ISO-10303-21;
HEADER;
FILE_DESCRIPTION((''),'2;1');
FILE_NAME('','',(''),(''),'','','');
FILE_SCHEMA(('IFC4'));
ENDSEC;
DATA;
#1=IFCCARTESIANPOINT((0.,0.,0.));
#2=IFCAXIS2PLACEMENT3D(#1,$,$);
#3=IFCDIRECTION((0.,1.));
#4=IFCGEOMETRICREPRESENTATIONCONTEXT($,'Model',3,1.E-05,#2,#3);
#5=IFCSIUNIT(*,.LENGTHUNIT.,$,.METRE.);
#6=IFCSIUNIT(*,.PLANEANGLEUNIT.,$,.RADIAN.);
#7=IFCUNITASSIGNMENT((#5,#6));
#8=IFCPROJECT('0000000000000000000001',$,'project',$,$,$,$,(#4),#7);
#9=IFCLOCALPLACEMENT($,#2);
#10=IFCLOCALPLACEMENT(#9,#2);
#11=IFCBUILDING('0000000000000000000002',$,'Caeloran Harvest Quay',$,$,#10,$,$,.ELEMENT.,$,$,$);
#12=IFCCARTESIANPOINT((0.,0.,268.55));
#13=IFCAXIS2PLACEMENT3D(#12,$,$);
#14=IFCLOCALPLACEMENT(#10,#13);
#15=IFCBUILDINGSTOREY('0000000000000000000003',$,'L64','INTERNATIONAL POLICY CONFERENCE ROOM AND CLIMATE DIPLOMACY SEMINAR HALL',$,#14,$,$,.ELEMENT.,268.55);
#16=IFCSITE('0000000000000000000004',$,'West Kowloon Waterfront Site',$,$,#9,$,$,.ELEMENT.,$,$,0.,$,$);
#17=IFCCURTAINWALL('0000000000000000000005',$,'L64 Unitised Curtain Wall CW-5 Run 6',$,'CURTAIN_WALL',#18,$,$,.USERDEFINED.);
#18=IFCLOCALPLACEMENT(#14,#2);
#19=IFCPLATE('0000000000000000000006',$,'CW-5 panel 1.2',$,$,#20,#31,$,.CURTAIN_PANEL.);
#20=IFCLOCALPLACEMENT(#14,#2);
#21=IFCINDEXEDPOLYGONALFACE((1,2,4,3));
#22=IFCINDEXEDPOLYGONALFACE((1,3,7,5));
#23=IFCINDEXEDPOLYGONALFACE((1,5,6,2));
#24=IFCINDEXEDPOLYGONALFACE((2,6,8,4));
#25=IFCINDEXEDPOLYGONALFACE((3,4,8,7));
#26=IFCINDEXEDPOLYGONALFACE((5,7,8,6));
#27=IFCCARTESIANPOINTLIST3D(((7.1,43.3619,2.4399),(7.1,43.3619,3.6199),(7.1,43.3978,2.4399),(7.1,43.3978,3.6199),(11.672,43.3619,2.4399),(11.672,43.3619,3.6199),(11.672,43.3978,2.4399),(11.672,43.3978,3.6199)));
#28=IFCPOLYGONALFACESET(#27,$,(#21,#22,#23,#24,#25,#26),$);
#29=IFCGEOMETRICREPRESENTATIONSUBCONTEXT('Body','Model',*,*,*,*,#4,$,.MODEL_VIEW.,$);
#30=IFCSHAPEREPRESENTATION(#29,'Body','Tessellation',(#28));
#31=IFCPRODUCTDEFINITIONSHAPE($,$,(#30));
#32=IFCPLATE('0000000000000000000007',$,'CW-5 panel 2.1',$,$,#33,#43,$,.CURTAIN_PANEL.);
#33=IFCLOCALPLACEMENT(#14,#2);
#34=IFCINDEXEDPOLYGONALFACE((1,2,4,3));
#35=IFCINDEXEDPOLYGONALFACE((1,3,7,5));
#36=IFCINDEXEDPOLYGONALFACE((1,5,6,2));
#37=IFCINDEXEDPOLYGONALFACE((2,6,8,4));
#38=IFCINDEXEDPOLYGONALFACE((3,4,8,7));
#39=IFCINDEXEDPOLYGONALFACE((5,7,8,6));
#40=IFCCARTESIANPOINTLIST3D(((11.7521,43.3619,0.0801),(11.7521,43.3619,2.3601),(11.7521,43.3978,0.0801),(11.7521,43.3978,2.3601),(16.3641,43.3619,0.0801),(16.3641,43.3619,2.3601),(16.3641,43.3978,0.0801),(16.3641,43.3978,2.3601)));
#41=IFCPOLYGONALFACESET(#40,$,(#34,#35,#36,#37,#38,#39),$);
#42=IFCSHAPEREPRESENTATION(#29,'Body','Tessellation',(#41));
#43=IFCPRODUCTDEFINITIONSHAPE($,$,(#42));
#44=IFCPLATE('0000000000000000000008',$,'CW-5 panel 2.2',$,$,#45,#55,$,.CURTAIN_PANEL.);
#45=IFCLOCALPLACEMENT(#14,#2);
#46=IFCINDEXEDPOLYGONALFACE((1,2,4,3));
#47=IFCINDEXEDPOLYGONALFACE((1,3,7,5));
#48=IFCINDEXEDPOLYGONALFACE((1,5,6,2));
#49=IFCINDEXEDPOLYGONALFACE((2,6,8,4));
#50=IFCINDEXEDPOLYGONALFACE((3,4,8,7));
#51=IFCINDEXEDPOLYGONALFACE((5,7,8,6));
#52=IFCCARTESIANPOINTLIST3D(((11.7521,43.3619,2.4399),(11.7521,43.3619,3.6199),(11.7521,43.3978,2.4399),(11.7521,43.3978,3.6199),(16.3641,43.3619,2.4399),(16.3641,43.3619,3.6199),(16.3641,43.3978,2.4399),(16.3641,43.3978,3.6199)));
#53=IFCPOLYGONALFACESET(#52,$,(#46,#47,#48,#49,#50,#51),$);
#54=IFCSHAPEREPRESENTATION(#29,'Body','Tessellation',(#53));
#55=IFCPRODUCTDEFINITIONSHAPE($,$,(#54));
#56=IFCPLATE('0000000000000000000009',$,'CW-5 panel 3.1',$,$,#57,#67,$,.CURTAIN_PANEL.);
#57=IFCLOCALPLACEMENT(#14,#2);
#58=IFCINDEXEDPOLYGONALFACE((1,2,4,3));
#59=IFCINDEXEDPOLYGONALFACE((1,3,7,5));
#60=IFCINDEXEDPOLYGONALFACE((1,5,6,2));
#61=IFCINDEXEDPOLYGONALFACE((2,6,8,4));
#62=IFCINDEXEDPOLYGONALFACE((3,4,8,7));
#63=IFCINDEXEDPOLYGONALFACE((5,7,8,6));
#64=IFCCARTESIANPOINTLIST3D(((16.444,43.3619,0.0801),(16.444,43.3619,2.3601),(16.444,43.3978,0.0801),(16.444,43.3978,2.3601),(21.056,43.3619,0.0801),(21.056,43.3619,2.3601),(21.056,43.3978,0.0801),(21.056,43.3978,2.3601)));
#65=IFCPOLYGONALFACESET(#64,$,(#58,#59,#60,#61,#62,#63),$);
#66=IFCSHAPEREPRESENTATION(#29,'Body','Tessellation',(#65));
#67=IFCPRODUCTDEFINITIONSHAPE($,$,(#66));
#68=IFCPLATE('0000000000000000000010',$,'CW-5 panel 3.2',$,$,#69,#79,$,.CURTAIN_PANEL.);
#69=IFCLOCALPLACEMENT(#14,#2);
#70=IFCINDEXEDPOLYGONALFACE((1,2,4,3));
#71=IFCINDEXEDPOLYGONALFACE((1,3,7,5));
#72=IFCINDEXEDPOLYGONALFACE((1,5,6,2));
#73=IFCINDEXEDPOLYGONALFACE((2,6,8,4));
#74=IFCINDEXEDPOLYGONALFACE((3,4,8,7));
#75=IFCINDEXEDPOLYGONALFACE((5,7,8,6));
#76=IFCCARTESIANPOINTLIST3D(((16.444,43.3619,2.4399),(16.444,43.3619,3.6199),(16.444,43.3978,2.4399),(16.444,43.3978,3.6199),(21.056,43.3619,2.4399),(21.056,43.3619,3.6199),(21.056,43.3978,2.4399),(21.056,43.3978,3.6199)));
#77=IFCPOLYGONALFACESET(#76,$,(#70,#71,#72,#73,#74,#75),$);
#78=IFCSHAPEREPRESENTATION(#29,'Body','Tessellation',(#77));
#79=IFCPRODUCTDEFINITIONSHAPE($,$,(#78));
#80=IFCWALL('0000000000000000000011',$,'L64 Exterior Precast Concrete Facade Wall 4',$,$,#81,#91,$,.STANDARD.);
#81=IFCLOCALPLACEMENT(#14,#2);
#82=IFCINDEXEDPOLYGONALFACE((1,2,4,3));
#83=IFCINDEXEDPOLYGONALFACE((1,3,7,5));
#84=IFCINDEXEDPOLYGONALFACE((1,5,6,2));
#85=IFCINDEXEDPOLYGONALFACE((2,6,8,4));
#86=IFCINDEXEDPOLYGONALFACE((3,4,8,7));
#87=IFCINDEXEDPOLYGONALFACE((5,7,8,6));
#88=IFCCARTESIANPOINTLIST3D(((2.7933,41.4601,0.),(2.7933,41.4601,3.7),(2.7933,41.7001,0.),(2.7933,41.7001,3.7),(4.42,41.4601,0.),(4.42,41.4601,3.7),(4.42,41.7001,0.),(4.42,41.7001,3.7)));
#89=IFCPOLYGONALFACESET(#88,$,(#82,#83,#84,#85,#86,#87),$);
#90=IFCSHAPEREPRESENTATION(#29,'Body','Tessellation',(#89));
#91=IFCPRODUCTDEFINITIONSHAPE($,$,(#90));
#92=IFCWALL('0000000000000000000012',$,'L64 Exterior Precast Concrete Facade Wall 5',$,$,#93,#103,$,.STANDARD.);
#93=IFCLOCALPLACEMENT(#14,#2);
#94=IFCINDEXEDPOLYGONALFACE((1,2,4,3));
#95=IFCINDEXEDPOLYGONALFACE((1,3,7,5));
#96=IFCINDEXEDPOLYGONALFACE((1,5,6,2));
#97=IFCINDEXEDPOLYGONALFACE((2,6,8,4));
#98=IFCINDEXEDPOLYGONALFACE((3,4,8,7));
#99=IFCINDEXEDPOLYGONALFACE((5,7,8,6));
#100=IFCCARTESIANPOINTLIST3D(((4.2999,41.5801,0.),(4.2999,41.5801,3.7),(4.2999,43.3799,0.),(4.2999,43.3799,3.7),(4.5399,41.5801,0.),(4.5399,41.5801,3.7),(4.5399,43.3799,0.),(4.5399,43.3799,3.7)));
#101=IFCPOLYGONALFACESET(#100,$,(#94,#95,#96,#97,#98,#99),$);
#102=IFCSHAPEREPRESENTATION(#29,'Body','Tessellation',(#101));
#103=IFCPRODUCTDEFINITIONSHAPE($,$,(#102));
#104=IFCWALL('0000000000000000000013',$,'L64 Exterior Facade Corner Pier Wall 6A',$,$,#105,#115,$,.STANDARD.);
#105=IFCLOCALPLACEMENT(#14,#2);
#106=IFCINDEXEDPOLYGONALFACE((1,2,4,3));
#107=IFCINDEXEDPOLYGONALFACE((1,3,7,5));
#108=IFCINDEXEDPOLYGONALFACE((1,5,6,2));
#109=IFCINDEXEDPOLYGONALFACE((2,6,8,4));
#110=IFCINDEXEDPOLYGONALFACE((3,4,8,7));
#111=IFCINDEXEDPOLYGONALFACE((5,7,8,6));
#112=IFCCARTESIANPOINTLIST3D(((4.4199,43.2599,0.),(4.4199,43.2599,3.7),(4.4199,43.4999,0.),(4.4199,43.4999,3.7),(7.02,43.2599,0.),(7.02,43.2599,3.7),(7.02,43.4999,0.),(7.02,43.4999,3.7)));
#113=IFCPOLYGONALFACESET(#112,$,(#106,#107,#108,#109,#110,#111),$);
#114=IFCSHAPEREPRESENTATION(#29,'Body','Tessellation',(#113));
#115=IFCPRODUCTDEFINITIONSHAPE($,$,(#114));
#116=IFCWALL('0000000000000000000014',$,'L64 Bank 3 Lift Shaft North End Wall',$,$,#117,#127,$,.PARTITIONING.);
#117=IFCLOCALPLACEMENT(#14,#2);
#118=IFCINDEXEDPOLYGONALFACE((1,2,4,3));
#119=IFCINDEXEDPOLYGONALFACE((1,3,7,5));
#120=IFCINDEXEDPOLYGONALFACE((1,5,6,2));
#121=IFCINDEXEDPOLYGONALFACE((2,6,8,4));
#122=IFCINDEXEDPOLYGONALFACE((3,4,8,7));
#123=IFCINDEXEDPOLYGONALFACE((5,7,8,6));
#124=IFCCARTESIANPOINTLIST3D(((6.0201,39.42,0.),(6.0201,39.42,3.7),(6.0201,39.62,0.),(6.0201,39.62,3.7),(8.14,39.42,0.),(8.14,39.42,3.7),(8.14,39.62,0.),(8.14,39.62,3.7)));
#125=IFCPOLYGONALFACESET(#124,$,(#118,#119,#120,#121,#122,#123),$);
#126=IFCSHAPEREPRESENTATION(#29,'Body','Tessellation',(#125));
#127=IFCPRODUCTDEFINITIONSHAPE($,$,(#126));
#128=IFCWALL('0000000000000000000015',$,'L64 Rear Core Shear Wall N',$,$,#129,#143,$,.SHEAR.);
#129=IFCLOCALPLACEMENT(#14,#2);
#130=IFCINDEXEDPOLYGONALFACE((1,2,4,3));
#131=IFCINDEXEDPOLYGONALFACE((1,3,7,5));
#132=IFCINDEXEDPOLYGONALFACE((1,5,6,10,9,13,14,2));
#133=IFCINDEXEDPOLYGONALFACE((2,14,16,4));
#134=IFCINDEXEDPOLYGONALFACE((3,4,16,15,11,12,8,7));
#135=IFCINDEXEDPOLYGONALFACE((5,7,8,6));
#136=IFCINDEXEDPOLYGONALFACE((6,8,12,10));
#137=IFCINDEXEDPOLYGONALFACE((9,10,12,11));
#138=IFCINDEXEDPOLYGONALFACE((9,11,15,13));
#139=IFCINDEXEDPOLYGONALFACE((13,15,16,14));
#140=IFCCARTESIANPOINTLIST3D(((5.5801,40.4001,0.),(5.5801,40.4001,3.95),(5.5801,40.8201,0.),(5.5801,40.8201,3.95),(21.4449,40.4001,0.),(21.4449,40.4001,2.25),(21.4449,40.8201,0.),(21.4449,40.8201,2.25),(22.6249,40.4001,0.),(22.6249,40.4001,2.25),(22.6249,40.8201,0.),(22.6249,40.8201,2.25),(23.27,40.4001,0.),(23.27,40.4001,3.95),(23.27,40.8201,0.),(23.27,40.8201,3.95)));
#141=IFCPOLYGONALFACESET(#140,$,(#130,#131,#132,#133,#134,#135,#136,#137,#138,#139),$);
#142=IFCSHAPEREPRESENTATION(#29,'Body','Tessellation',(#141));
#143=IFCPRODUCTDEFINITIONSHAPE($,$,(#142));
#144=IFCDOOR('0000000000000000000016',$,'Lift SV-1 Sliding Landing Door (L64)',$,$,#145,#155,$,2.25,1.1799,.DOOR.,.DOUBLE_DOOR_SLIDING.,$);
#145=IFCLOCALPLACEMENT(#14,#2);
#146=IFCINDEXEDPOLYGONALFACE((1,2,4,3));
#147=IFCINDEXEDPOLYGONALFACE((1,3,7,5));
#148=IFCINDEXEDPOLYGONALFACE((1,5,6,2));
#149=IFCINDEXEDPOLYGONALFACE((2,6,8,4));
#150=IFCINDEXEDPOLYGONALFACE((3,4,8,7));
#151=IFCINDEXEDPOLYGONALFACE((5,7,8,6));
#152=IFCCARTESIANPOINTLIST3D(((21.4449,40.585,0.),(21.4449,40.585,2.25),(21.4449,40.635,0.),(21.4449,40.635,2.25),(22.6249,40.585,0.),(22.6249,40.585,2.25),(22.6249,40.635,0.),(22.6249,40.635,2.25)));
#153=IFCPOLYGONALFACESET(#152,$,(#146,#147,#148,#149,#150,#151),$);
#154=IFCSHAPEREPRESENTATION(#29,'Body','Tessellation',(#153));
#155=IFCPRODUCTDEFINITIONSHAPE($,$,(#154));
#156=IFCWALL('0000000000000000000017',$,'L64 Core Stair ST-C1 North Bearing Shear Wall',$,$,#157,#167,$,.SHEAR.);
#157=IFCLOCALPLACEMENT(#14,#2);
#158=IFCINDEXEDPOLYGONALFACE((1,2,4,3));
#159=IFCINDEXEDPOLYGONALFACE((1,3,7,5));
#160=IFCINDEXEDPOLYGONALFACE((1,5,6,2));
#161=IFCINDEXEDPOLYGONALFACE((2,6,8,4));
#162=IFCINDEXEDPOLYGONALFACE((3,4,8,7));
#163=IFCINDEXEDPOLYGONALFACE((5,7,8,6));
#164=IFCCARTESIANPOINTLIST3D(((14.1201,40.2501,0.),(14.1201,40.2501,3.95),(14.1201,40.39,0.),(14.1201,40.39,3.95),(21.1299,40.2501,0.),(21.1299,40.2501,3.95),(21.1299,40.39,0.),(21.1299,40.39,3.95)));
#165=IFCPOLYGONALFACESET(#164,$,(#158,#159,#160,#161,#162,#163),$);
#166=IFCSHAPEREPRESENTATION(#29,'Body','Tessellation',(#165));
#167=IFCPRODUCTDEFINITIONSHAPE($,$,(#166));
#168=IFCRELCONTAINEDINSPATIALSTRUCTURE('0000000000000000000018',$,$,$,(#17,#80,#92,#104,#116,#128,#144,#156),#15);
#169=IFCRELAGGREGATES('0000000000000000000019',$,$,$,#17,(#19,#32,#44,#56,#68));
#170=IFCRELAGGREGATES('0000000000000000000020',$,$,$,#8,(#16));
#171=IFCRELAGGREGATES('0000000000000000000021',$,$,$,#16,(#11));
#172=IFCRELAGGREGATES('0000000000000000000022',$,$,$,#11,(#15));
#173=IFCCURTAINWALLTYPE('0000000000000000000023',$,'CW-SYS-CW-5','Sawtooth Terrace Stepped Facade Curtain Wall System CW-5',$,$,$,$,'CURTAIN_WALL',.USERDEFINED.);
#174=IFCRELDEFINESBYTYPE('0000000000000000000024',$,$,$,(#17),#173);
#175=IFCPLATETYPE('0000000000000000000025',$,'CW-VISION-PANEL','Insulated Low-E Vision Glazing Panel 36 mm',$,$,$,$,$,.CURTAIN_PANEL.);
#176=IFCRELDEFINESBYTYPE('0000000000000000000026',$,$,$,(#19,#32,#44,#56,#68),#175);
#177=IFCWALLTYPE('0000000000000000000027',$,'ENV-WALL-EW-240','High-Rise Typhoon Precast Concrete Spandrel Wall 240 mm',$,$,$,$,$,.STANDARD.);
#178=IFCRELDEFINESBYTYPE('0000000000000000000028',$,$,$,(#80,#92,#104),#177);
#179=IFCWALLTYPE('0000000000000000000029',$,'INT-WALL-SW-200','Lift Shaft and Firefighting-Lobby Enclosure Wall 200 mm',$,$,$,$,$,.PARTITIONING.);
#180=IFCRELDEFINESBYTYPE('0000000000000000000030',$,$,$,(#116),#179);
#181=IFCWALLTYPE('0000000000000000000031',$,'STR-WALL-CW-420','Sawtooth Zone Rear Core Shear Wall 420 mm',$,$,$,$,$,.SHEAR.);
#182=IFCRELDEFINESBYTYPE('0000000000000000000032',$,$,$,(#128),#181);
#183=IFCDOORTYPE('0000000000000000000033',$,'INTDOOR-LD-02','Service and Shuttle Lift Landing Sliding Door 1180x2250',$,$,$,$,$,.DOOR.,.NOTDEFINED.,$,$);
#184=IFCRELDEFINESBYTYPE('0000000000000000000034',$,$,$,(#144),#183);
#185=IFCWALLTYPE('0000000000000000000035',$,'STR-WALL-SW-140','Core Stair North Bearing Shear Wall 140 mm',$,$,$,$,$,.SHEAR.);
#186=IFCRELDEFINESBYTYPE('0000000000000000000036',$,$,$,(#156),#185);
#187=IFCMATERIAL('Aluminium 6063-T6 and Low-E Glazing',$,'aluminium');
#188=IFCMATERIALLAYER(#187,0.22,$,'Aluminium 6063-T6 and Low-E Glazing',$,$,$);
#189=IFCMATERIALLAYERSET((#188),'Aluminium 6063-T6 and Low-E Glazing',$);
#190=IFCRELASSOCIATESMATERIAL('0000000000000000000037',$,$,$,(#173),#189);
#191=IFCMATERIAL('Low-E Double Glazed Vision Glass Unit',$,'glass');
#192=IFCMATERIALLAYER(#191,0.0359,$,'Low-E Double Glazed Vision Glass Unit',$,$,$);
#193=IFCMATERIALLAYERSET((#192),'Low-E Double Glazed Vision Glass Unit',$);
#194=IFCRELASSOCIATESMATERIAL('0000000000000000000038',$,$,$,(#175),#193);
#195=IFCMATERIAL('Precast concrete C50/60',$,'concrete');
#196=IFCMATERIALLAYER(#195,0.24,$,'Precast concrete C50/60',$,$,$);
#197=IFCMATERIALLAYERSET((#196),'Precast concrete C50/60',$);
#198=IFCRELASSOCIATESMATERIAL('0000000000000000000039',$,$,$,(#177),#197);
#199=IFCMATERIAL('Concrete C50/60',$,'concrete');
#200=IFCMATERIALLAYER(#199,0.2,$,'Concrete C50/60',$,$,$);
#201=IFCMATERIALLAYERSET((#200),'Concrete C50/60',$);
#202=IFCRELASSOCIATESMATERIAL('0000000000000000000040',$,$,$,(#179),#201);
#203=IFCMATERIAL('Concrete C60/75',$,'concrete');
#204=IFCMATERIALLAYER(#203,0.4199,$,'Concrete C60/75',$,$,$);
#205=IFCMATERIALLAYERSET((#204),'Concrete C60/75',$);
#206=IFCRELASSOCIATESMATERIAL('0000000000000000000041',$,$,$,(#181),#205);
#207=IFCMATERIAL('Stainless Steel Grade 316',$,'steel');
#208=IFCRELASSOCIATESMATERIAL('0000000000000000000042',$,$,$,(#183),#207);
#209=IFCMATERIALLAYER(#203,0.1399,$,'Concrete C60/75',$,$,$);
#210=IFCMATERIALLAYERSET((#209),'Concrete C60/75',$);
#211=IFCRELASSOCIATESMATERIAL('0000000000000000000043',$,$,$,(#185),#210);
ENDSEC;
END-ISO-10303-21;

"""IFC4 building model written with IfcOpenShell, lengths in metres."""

from ifc_helpers import new_model, si_unit, direction, frame, frame_2d, origin, origin_2d, place, context, subcontext, project, spatial, rectangle, extrude, material, layer, layer_set, type_object, element, fill, aggregate, save


model = new_model("IFC4")

# Units and contexts
model_context = context("Model", 3, precision=1e-05, world=origin(), true_north=direction((0.0, 1.0)))
body_context = subcontext(model_context, "Body", "Model", "MODEL_VIEW")
ifc_project = project(units=[si_unit("LENGTHUNIT", "METRE"), si_unit("PLANEANGLEUNIT", "RADIAN")], contexts=[model_context])

# Site, building, storey
site_placement = place(None, origin())
site = spatial("IfcSite", under=ifc_project, at=site_placement, Name="West Kowloon Waterfront Site", CompositionType="ELEMENT", RefElevation=0.0)
building_placement = place(site_placement, origin())
building = spatial("IfcBuilding", under=site, at=building_placement, Name="Caeloran Harvest Quay", CompositionType="ELEMENT")
storey_placement = place(building_placement, frame((0.0, 0.0, 268.55)))
storey = spatial("IfcBuildingStorey", under=building, at=storey_placement, Name="L64", Description="INTERNATIONAL POLICY CONFERENCE ROOM AND CLIMATE DIPLOMACY SEMINAR HALL", CompositionType="ELEMENT", Elevation=268.55)

# Curtain wall, plates
ifc_material_1 = material(Name="Aluminium 6063-T6 and Low-E Glazing", Category="aluminium")
ifc_layer_1 = layer(ifc_material_1, 0.22, Name="Aluminium 6063-T6 and Low-E Glazing")
ifc_layer_set_1 = layer_set([ifc_layer_1], Name="Aluminium 6063-T6 and Low-E Glazing")
curtain_wall_type = type_object("IfcCurtainWallType", Name="CW-SYS-CW-5", Description="Sawtooth Terrace Stepped Facade Curtain Wall System CW-5", ElementType="CURTAIN_WALL", PredefinedType="USERDEFINED", material=ifc_layer_set_1)
curtain_wall_placement = place(storey_placement, origin())
curtain_wall = element("IfcCurtainWall", 1, at=curtain_wall_placement, inside=storey, type_object=curtain_wall_type, Name="L64 Unitised Curtain Wall CW-5 Run 6", ObjectType="CURTAIN_WALL", PredefinedType="USERDEFINED")
ifc_material_2 = material(Name="Low-E Double Glazed Vision Glass Unit", Category="glass")
ifc_layer_2 = layer(ifc_material_2, 0.0359, Name="Low-E Double Glazed Vision Glass Unit")
ifc_layer_set_2 = layer_set([ifc_layer_2], Name="Low-E Double Glazed Vision Glass Unit")
plate_type = type_object("IfcPlateType", Name="CW-VISION-PANEL", Description="Insulated Low-E Vision Glazing Panel 36 mm", PredefinedType="CURTAIN_PANEL", material=ifc_layer_set_2)
plate_1_placement = place(storey_placement, frame((9.386, 43.3799, 2.4399), z_axis=(0.0, 0.0, 1.0), x_axis=(1.0, 0.0, 0.0)))
plate_1 = element("IfcPlate", 2, at=plate_1_placement, type_object=plate_type, Name="CW-5 panel 1.2", PredefinedType="CURTAIN_PANEL", context=body_context, shape_type="SweptSolid", body=[
    extrude(rectangle(XDim=4.572, YDim=0.0359, at=origin_2d()), origin(), (0.0, 0.0, 1.0), 1.1799),
])
plate_2_placement = place(storey_placement, frame((14.0581, 43.3799, 0.0801), z_axis=(0.0, 0.0, 1.0), x_axis=(1.0, 0.0, 0.0)))
plate_2 = element("IfcPlate", 3, at=plate_2_placement, type_object=plate_type, Name="CW-5 panel 2.1", PredefinedType="CURTAIN_PANEL", context=body_context, shape_type="SweptSolid", body=[
    extrude(rectangle(XDim=4.6121, YDim=0.0359, at=origin_2d()), origin(), (0.0, 0.0, 1.0), 2.28),
])
plate_3_placement = place(storey_placement, frame((14.0581, 43.3799, 2.4399), z_axis=(0.0, 0.0, 1.0), x_axis=(1.0, 0.0, 0.0)))
plate_3 = element("IfcPlate", 4, at=plate_3_placement, type_object=plate_type, Name="CW-5 panel 2.2", PredefinedType="CURTAIN_PANEL", context=body_context, shape_type="SweptSolid", body=[
    extrude(rectangle(XDim=4.6121, YDim=0.0359, at=origin_2d()), origin(), (0.0, 0.0, 1.0), 1.1799),
])
plate_4_placement = place(storey_placement, frame((18.75, 43.3799, 0.0801), z_axis=(0.0, 0.0, 1.0), x_axis=(1.0, 0.0, 0.0)))
plate_4 = element("IfcPlate", 5, at=plate_4_placement, type_object=plate_type, Name="CW-5 panel 3.1", PredefinedType="CURTAIN_PANEL", context=body_context, shape_type="SweptSolid", body=[
    extrude(rectangle(XDim=4.6121, YDim=0.0359, at=origin_2d()), origin(), (0.0, 0.0, 1.0), 2.28),
])
plate_5_placement = place(storey_placement, frame((18.75, 43.3799, 2.4399), z_axis=(0.0, 0.0, 1.0), x_axis=(1.0, 0.0, 0.0)))
plate_5 = element("IfcPlate", 6, at=plate_5_placement, type_object=plate_type, Name="CW-5 panel 3.2", PredefinedType="CURTAIN_PANEL", context=body_context, shape_type="SweptSolid", body=[
    extrude(rectangle(XDim=4.6121, YDim=0.0359, at=origin_2d()), origin(), (0.0, 0.0, 1.0), 1.1799),
])
aggregate(curtain_wall, [plate_1, plate_2, plate_3, plate_4, plate_5])

# Walls
ifc_material_3 = material(Name="Precast concrete C50/60", Category="concrete")
ifc_layer_3 = layer(ifc_material_3, 0.24, Name="Precast concrete C50/60")
ifc_layer_set_3 = layer_set([ifc_layer_3], Name="Precast concrete C50/60")
wall_type_1 = type_object("IfcWallType", Name="ENV-WALL-EW-240", Description="High-Rise Typhoon Precast Concrete Spandrel Wall 240 mm", PredefinedType="STANDARD", material=ifc_layer_set_3)
wall_1_placement = place(storey_placement, frame((2.7932, 41.5801, 0.0), z_axis=(0.0, 0.0, 1.0), x_axis=(1.0, 0.0, 0.0)))
element("IfcWall", 7, at=wall_1_placement, inside=storey, type_object=wall_type_1, Name="L64 Exterior Precast Concrete Facade Wall 4", PredefinedType="STANDARD", context=body_context, shape_type="SweptSolid", body=[
    extrude(rectangle(XDim=1.6267, YDim=0.24, at=frame_2d((0.8135, 0.0))), origin(), (0.0, 0.0, 1.0), 3.7),
])
wall_2_placement = place(storey_placement, frame((4.4199, 41.5801, 0.0), z_axis=(0.0, 0.0, 1.0), x_axis=(0.0, 1.0, 0.0)))
element("IfcWall", 8, at=wall_2_placement, inside=storey, type_object=wall_type_1, Name="L64 Exterior Precast Concrete Facade Wall 5", PredefinedType="STANDARD", context=body_context, shape_type="SweptSolid", body=[
    extrude(rectangle(XDim=1.7998, YDim=0.24, at=frame_2d((0.8999, 0.0))), origin(), (0.0, 0.0, 1.0), 3.7),
])
wall_3_placement = place(storey_placement, frame((4.4199, 43.3799, 0.0), z_axis=(0.0, 0.0, 1.0), x_axis=(1.0, 0.0, 0.0)))
element("IfcWall", 9, at=wall_3_placement, inside=storey, type_object=wall_type_1, Name="L64 Exterior Facade Corner Pier Wall 6A", PredefinedType="STANDARD", context=body_context, shape_type="SweptSolid", body=[
    extrude(rectangle(XDim=2.6001, YDim=0.24, at=frame_2d((1.3, 0.0))), origin(), (0.0, 0.0, 1.0), 3.7),
])
ifc_material_4 = material(Name="Concrete C50/60", Category="concrete")
ifc_layer_4 = layer(ifc_material_4, 0.2, Name="Concrete C50/60")
ifc_layer_set_4 = layer_set([ifc_layer_4], Name="Concrete C50/60")
wall_type_2 = type_object("IfcWallType", Name="INT-WALL-SW-200", Description="Lift Shaft and Firefighting-Lobby Enclosure Wall 200 mm", PredefinedType="PARTITIONING", material=ifc_layer_set_4)
wall_4_placement = place(storey_placement, frame((6.02, 39.52, 0.0), z_axis=(0.0, 0.0, 1.0), x_axis=(1.0, 0.0, 0.0)))
element("IfcWall", 10, at=wall_4_placement, inside=storey, type_object=wall_type_2, Name="L64 Bank 3 Lift Shaft North End Wall", PredefinedType="PARTITIONING", context=body_context, shape_type="SweptSolid", body=[
    extrude(rectangle(XDim=2.1199, YDim=0.2, at=frame_2d((1.0601, 0.0))), origin(), (0.0, 0.0, 1.0), 3.7),
])

# Wall, opening, door
ifc_material_5 = material(Name="Concrete C60/75", Category="concrete")
ifc_layer_5 = layer(ifc_material_5, 0.4199, Name="Concrete C60/75")
ifc_layer_set_5 = layer_set([ifc_layer_5], Name="Concrete C60/75")
wall_type_3 = type_object("IfcWallType", Name="STR-WALL-CW-420", Description="Sawtooth Zone Rear Core Shear Wall 420 mm", PredefinedType="SHEAR", material=ifc_layer_set_5)
wall_5_placement = place(storey_placement, frame((5.5801, 40.6101, 0.0), z_axis=(0.0, 0.0, 1.0), x_axis=(1.0, 0.0, 0.0)))
wall_5 = element("IfcWall", 11, at=wall_5_placement, inside=storey, type_object=wall_type_3, Name="L64 Rear Core Shear Wall N", PredefinedType="SHEAR", context=body_context, shape_type="SweptSolid", body=[
    extrude(rectangle(XDim=17.6899, YDim=0.4199, at=frame_2d((8.845, 0.0))), origin(), (0.0, 0.0, 1.0), 3.95),
])
opening_placement = place(wall_5_placement, frame((15.865, 0.0, 0.0)))
opening = element("IfcOpeningElement", 12, at=opening_placement, cuts=wall_5, PredefinedType="OPENING", context=body_context, shape_type="SweptSolid", body=[
    extrude(rectangle(XDim=1.1799, YDim=2.25, at=frame_2d((0.5898, 1.125))), frame((0.0, 0.22, 0.0), z_axis=(0.0, -1.0, 0.0), x_axis=(1.0, 0.0, 0.0)), (0.0, 0.0, 1.0), 0.4399),
])
ifc_material_6 = material(Name="Stainless Steel Grade 316", Category="steel")
door_type = type_object("IfcDoorType", Name="INTDOOR-LD-02", Description="Service and Shuttle Lift Landing Sliding Door 1180x2250", OperationType="NOTDEFINED", PredefinedType="DOOR", material=ifc_material_6)
door_placement = place(opening_placement, origin())
door = element("IfcDoor", 13, at=door_placement, inside=storey, type_object=door_type, Name="Lift SV-1 Sliding Landing Door (L64)", OperationType="DOUBLE_DOOR_SLIDING", OverallHeight=2.25, OverallWidth=1.1799, PredefinedType="DOOR", context=body_context, shape_type="SweptSolid", body=[
    extrude(rectangle(XDim=1.1799, YDim=2.25, at=frame_2d((0.5898, 1.125))), frame((0.0, 0.0249, 0.0), z_axis=(0.0, -1.0, 0.0), x_axis=(1.0, 0.0, 0.0)), (0.0, 0.0, 1.0), 0.05),
])
fill(opening, door)

# Wall
ifc_layer_6 = layer(ifc_material_5, 0.1399, Name="Concrete C60/75")
ifc_layer_set_6 = layer_set([ifc_layer_6], Name="Concrete C60/75")
wall_type_4 = type_object("IfcWallType", Name="STR-WALL-SW-140", Description="Core Stair North Bearing Shear Wall 140 mm", PredefinedType="SHEAR", material=ifc_layer_set_6)
wall_6_placement = place(storey_placement, frame((14.1201, 40.3201, 0.0), z_axis=(0.0, 0.0, 1.0), x_axis=(1.0, 0.0, 0.0)))
element("IfcWall", 14, at=wall_6_placement, inside=storey, type_object=wall_type_4, Name="L64 Core Stair ST-C1 North Bearing Shear Wall", PredefinedType="SHEAR", context=body_context, shape_type="SweptSolid", body=[
    extrude(rectangle(XDim=7.0098, YDim=0.1399, at=frame_2d((3.5049, 0.0))), origin(), (0.0, 0.0, 1.0), 3.95),
])

save(model, "model.ifc")
